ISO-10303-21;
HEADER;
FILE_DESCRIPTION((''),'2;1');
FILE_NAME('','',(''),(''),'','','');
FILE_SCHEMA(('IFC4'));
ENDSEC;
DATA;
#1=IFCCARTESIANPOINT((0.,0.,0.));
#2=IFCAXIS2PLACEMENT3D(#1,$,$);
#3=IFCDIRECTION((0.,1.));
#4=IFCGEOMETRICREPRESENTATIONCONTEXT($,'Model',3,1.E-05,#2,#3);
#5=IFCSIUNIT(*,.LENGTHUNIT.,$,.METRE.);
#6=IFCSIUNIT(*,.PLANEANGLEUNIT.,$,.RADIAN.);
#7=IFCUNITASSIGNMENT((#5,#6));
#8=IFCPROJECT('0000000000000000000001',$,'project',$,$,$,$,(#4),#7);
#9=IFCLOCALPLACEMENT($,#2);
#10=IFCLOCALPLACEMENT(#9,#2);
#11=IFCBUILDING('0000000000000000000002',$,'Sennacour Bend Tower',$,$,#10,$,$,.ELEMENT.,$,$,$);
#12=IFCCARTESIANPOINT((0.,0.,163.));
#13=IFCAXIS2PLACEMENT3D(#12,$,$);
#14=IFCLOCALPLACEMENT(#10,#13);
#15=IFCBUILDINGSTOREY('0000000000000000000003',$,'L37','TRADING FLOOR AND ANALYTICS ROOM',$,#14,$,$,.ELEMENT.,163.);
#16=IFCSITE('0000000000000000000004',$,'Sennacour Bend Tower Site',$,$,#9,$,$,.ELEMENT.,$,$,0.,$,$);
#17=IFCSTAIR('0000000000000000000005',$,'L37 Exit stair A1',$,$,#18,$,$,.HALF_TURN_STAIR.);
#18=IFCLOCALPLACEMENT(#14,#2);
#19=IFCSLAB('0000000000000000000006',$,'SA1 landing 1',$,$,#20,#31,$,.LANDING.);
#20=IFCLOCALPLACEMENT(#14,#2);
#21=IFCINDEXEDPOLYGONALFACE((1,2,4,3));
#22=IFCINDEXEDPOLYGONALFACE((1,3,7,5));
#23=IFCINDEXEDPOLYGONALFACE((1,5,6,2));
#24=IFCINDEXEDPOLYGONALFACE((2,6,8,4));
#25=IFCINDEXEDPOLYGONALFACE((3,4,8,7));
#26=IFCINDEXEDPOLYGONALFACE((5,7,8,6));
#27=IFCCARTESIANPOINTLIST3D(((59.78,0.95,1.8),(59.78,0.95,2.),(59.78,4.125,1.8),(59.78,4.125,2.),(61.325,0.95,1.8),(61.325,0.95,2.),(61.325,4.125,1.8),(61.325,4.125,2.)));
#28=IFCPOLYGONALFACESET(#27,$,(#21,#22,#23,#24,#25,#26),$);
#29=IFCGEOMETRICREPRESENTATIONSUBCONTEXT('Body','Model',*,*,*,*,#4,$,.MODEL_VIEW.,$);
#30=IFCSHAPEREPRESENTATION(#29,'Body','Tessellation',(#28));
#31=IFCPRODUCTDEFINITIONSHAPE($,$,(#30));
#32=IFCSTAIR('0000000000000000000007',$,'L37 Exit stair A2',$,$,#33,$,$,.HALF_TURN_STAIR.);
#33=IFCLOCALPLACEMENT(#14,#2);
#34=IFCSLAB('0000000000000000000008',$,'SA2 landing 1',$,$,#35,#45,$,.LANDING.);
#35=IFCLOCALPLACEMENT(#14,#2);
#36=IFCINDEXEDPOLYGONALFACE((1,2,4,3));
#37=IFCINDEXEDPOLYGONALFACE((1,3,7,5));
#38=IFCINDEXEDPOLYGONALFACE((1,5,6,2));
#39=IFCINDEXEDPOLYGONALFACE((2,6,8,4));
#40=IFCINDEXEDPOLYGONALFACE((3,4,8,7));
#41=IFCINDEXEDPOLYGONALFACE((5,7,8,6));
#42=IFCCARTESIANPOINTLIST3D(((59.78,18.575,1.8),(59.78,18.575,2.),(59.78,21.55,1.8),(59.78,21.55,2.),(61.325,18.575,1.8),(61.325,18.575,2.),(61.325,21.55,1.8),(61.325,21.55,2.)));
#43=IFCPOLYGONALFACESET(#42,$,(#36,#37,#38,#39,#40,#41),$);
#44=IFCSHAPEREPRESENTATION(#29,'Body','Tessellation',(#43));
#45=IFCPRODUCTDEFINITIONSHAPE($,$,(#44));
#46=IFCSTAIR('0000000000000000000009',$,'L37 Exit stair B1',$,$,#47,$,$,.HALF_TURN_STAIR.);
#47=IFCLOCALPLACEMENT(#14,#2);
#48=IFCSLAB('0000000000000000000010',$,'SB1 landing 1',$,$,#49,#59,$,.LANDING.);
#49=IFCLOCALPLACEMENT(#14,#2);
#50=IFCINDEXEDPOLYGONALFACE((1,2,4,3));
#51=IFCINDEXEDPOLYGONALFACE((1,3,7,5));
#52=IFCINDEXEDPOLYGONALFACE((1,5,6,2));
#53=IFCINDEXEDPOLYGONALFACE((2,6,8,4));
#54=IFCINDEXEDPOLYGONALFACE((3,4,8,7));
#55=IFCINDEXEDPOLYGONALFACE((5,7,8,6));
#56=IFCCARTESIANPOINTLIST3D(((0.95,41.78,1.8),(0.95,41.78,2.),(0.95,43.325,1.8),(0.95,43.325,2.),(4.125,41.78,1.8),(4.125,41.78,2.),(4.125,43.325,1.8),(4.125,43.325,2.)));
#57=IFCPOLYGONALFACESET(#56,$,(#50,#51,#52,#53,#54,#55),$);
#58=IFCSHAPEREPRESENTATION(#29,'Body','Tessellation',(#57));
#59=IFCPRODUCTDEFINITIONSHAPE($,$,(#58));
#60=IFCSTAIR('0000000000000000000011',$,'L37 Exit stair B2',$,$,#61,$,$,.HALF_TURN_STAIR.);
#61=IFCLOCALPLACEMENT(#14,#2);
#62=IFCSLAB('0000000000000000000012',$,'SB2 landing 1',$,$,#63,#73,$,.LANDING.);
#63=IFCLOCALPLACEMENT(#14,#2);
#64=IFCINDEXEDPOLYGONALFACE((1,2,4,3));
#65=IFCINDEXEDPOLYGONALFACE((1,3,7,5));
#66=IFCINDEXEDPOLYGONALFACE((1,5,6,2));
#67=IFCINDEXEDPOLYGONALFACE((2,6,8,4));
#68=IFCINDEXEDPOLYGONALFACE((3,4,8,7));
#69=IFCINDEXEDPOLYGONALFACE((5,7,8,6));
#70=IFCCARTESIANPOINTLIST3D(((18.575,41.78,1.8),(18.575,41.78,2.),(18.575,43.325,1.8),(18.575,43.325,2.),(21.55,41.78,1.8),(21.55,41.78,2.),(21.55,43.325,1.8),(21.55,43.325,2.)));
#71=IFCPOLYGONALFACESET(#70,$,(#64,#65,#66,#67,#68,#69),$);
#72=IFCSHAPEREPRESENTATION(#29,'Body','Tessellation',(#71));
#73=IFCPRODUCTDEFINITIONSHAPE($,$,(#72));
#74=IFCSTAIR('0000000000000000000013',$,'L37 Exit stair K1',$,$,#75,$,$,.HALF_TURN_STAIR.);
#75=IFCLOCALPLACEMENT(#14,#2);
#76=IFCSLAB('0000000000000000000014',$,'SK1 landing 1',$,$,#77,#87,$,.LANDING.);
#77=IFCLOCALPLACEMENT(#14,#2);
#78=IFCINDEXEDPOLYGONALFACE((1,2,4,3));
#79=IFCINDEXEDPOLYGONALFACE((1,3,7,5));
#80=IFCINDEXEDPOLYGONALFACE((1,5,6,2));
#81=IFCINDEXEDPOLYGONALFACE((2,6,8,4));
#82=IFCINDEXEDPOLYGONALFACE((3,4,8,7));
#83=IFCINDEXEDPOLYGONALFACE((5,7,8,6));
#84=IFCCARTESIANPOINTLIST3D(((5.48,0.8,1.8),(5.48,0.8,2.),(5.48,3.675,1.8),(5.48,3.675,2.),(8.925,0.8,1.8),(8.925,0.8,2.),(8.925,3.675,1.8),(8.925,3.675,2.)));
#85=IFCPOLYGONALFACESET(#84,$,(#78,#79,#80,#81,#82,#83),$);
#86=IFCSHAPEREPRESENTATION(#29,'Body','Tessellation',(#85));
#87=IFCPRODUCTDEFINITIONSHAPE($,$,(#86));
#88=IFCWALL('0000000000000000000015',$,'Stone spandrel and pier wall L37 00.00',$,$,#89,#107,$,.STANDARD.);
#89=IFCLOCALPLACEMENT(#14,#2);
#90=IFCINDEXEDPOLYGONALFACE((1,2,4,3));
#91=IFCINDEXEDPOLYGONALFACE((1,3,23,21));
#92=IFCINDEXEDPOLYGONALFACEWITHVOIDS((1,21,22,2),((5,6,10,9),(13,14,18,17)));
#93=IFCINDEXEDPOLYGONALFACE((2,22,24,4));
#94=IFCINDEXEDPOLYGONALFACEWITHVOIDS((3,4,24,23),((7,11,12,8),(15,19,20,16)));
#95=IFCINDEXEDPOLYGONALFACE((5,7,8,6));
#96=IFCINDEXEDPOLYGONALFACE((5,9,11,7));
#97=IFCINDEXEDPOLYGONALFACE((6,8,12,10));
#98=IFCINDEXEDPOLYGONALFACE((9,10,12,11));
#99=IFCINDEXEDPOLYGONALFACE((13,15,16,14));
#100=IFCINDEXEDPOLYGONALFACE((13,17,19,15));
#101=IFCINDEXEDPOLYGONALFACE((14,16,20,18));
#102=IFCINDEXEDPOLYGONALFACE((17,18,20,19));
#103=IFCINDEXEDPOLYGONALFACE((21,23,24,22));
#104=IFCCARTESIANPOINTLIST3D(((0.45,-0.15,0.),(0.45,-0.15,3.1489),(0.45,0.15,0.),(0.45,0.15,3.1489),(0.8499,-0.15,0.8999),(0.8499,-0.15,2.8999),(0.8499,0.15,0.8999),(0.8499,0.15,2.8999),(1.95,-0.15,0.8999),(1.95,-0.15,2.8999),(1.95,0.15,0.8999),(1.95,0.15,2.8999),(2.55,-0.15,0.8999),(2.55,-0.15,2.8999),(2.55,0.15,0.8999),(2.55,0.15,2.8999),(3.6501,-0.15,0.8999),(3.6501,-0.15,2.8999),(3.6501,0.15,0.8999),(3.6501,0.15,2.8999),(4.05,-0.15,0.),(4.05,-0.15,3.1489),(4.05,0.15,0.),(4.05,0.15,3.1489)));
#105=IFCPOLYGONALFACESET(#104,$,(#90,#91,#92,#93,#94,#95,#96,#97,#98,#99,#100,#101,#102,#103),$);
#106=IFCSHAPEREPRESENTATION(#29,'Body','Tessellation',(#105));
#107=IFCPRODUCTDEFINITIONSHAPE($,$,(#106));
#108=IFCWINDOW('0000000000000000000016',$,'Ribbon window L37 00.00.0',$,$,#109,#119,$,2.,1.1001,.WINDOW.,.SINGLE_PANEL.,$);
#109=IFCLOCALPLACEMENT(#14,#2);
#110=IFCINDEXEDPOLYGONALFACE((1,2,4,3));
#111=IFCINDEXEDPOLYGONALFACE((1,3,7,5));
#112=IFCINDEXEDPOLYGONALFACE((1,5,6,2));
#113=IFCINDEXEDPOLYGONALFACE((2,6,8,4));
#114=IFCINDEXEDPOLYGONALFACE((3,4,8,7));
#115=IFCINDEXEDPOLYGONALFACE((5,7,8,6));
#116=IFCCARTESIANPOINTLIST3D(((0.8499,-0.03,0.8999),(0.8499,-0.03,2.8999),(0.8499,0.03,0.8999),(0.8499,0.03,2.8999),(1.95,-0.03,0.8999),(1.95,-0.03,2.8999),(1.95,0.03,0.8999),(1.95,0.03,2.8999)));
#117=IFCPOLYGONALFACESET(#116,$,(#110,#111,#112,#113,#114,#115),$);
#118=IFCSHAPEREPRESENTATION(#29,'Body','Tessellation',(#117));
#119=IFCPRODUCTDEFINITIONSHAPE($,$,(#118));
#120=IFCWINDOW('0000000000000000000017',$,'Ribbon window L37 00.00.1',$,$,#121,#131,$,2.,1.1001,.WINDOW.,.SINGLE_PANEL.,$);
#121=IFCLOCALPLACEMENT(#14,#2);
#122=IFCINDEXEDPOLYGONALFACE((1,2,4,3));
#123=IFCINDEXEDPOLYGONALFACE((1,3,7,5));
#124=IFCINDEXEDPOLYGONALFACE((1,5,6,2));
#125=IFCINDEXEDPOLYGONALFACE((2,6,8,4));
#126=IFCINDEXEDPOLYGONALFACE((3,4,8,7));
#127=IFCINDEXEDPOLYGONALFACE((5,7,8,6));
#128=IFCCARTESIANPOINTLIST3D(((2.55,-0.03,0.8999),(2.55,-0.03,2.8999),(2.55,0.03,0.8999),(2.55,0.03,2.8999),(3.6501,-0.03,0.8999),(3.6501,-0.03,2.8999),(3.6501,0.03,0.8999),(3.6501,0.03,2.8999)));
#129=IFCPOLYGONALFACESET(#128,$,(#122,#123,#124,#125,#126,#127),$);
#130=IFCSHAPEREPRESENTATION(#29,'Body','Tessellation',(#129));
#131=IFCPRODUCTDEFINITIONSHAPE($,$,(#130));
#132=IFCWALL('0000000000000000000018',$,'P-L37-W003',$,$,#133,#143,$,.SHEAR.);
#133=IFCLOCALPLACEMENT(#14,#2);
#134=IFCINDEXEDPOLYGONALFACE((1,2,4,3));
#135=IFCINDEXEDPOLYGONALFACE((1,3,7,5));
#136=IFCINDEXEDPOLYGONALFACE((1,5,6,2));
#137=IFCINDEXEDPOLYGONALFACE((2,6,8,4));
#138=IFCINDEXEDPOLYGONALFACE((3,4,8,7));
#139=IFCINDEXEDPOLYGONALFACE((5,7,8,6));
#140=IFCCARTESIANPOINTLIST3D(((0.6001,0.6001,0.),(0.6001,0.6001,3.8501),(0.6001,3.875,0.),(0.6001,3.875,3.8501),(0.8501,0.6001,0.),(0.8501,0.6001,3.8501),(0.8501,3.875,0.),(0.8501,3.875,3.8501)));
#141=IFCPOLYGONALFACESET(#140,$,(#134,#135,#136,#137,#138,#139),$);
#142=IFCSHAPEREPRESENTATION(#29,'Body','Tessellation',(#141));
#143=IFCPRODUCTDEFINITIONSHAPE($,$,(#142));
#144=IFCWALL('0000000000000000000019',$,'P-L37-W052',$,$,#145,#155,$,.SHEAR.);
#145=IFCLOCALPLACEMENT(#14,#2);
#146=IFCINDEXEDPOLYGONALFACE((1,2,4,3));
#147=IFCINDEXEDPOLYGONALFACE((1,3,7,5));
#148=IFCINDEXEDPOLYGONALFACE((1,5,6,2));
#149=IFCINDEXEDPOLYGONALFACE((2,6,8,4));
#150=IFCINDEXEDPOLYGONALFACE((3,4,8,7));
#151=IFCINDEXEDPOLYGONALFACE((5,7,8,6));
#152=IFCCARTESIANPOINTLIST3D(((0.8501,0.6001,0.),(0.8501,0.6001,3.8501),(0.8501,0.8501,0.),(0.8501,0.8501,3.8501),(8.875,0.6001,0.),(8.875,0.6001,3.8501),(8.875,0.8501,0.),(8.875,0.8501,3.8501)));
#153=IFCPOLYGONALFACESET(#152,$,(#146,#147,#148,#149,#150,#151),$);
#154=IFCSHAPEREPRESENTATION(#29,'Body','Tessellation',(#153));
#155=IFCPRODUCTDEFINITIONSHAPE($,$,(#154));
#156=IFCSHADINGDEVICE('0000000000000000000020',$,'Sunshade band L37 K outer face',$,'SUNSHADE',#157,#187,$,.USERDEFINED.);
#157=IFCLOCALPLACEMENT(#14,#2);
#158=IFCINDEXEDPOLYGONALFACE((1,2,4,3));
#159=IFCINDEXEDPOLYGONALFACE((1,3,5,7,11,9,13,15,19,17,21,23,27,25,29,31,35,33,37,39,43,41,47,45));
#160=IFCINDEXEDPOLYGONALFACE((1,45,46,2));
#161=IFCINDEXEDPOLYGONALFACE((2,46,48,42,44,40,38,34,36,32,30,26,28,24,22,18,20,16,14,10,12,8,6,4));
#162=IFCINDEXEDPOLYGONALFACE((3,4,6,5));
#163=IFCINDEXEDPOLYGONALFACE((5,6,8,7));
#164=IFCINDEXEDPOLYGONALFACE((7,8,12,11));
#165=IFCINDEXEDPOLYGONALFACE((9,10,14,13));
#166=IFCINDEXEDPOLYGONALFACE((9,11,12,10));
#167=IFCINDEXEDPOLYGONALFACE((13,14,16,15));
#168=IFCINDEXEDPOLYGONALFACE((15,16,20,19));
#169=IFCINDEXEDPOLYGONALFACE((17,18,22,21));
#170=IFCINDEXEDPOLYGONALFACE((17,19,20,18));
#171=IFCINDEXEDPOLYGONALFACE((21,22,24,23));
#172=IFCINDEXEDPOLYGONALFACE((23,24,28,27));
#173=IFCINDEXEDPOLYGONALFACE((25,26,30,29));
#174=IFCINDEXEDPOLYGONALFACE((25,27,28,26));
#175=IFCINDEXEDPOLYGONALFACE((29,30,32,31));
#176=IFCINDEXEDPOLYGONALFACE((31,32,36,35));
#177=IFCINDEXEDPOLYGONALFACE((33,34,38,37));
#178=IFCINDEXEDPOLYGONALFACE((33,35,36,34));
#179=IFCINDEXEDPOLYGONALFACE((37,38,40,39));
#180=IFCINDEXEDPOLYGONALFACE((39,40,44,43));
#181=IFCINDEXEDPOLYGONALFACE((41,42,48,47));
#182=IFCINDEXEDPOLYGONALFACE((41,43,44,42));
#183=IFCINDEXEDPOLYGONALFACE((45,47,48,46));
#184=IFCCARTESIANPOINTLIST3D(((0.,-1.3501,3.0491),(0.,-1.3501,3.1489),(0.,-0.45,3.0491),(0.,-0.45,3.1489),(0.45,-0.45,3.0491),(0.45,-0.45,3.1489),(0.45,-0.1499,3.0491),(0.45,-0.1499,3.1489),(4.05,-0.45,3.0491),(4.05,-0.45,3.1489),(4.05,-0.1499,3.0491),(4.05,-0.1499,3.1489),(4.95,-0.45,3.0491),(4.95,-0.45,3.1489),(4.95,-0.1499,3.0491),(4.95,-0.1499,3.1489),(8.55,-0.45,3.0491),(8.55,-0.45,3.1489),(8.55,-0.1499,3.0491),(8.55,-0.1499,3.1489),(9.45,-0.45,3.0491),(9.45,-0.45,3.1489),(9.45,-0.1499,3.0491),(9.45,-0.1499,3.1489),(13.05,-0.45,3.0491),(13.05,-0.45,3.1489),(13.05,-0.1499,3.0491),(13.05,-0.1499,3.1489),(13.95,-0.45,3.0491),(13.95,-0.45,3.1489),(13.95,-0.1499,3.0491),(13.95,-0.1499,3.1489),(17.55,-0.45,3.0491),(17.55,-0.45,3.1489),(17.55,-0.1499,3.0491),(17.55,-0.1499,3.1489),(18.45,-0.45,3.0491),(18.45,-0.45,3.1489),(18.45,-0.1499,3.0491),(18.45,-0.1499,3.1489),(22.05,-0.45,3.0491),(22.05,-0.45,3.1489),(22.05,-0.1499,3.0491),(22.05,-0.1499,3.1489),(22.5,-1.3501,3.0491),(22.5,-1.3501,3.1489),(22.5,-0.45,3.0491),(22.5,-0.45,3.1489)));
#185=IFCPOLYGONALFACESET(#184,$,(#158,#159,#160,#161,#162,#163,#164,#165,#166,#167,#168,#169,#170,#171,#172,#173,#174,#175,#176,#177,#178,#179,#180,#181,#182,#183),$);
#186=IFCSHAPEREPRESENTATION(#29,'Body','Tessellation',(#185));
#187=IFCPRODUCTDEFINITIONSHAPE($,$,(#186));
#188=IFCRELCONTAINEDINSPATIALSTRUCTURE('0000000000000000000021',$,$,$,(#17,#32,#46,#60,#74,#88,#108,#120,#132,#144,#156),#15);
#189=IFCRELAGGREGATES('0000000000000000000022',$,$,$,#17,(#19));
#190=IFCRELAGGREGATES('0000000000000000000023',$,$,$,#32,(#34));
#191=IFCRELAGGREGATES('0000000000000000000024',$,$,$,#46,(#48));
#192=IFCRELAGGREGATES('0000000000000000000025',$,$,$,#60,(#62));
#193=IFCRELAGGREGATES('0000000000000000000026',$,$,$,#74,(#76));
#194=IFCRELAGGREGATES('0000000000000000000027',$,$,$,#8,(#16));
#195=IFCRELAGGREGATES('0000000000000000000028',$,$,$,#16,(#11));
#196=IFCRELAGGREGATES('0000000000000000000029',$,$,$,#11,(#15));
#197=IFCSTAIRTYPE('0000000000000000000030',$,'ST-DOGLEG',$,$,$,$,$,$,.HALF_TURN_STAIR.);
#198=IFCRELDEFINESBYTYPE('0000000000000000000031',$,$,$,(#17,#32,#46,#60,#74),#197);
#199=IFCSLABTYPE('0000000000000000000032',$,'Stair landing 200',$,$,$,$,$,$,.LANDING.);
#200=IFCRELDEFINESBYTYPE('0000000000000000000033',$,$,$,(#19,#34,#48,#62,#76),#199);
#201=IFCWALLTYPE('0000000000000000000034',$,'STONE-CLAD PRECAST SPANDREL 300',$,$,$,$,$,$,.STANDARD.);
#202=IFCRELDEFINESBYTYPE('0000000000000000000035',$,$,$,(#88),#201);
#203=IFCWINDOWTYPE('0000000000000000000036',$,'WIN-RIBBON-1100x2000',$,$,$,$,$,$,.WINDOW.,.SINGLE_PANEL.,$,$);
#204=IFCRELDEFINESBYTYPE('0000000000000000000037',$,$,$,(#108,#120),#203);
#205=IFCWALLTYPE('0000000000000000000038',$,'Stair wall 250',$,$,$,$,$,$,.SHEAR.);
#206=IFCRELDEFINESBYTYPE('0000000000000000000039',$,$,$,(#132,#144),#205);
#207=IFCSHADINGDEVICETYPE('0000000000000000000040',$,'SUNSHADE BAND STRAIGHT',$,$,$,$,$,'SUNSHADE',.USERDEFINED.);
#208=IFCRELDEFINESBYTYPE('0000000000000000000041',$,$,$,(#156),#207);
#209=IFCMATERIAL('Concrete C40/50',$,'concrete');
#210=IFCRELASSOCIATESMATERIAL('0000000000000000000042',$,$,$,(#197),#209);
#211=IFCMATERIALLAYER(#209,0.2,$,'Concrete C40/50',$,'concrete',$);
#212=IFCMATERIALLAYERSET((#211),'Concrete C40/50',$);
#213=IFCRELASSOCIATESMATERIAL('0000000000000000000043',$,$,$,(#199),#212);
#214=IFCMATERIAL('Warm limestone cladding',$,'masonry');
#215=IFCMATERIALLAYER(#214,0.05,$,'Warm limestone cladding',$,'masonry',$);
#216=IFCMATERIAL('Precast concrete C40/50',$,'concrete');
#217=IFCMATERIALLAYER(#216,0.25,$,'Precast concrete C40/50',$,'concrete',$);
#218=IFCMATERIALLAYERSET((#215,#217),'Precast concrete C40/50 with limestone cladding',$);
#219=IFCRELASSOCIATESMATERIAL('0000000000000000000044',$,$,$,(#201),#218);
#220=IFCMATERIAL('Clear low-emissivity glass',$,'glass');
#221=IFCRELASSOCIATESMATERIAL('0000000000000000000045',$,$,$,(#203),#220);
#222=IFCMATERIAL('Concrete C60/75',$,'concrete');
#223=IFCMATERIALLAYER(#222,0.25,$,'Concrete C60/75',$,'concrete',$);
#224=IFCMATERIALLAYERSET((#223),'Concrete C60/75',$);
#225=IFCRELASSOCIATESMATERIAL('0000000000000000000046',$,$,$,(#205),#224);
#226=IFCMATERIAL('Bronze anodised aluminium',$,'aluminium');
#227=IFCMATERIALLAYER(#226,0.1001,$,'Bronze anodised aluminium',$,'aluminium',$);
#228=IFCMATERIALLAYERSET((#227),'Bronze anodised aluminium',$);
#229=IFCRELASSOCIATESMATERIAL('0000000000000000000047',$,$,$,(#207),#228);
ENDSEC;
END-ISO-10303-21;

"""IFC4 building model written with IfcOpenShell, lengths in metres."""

from ifc_helpers import new_model, si_unit, direction, frame, frame_2d, origin, place, context, subcontext, project, spatial, polyline, rectangle, outline, extrude, material, layer, layer_set, type_object, element, fill, aggregate, save


model = new_model("IFC4")

# Units and contexts
model_context = context("Model", 3, precision=1e-05, world=origin(), true_north=direction((0.0, 1.0)))
body_context = subcontext(model_context, "Body", "Model", "MODEL_VIEW")
ifc_project = project(units=[si_unit("LENGTHUNIT", "METRE"), si_unit("PLANEANGLEUNIT", "RADIAN")], contexts=[model_context])

# Site, building, storey
site_placement = place(None, origin())
site = spatial("IfcSite", under=ifc_project, at=site_placement, Name="Sennacour Bend Tower Site", CompositionType="ELEMENT", RefElevation=0.0)
building_placement = place(site_placement, origin())
building = spatial("IfcBuilding", under=site, at=building_placement, Name="Sennacour Bend Tower", CompositionType="ELEMENT")
storey_placement = place(building_placement, frame((0.0, 0.0, 163.0)))
storey = spatial("IfcBuildingStorey", under=building, at=storey_placement, Name="L37", Description="TRADING FLOOR AND ANALYTICS ROOM", CompositionType="ELEMENT", Elevation=163.0)

# Shared definitions
ifc_material_1 = material(Name="Concrete C40/50", Category="concrete")

# Stairs, slabs
stair_type = type_object("IfcStairType", Name="ST-DOGLEG", PredefinedType="HALF_TURN_STAIR", material=ifc_material_1)
stair_1_placement = place(storey_placement, origin())
stair_1 = element("IfcStair", 1, at=stair_1_placement, inside=storey, type_object=stair_type, Name="L37 Exit stair A1", PredefinedType="HALF_TURN_STAIR")
ifc_layer_1 = layer(ifc_material_1, 0.2, Name="Concrete C40/50", Category="concrete")
ifc_layer_set_1 = layer_set([ifc_layer_1], Name="Concrete C40/50")
slab_type_1 = type_object("IfcSlabType", Name="Stair landing 200", PredefinedType="LANDING", material=ifc_layer_set_1)
slab_1_placement = place(storey_placement, frame((0.0, 0.0, 1.8)))
slab_1 = element("IfcSlab", 2, at=slab_1_placement, type_object=slab_type_1, Name="SA1 landing 1", PredefinedType="LANDING", context=body_context, shape_type="SweptSolid", body=[
    extrude(outline(polyline([(59.78, 0.95), (61.325, 0.95), (61.325, 4.125), (59.78, 4.125), (59.78, 0.95)])), origin(), (0.0, 0.0, 1.0), 0.2),
])
aggregate(stair_1, [slab_1])
stair_2_placement = place(storey_placement, origin())
stair_2 = element("IfcStair", 3, at=stair_2_placement, inside=storey, type_object=stair_type, Name="L37 Exit stair A2", PredefinedType="HALF_TURN_STAIR")
slab_2_placement = place(storey_placement, frame((0.0, 0.0, 1.8)))
slab_2 = element("IfcSlab", 4, at=slab_2_placement, type_object=slab_type_1, Name="SA2 landing 1", PredefinedType="LANDING", context=body_context, shape_type="SweptSolid", body=[
    extrude(outline(polyline([(59.78, 18.575), (61.325, 18.575), (61.325, 21.55), (59.78, 21.55), (59.78, 18.575)])), origin(), (0.0, 0.0, 1.0), 0.2),
])
aggregate(stair_2, [slab_2])
stair_3_placement = place(storey_placement, origin())
stair_3 = element("IfcStair", 5, at=stair_3_placement, inside=storey, type_object=stair_type, Name="L37 Exit stair B1", PredefinedType="HALF_TURN_STAIR")
slab_3_placement = place(storey_placement, frame((0.0, 0.0, 1.8)))
slab_3 = element("IfcSlab", 6, at=slab_3_placement, type_object=slab_type_1, Name="SB1 landing 1", PredefinedType="LANDING", context=body_context, shape_type="SweptSolid", body=[
    extrude(outline(polyline([(0.95, 41.78), (4.125, 41.78), (4.125, 43.325), (0.95, 43.325), (0.95, 41.78)])), origin(), (0.0, 0.0, 1.0), 0.2),
])
aggregate(stair_3, [slab_3])
stair_4_placement = place(storey_placement, origin())
stair_4 = element("IfcStair", 7, at=stair_4_placement, inside=storey, type_object=stair_type, Name="L37 Exit stair B2", PredefinedType="HALF_TURN_STAIR")
slab_4_placement = place(storey_placement, frame((0.0, 0.0, 1.8)))
slab_4 = element("IfcSlab", 8, at=slab_4_placement, type_object=slab_type_1, Name="SB2 landing 1", PredefinedType="LANDING", context=body_context, shape_type="SweptSolid", body=[
    extrude(outline(polyline([(18.575, 41.78), (21.55, 41.78), (21.55, 43.325), (18.575, 43.325), (18.575, 41.78)])), origin(), (0.0, 0.0, 1.0), 0.2),
])
aggregate(stair_4, [slab_4])
stair_5_placement = place(storey_placement, origin())
stair_5 = element("IfcStair", 9, at=stair_5_placement, inside=storey, type_object=stair_type, Name="L37 Exit stair K1", PredefinedType="HALF_TURN_STAIR")
slab_5_placement = place(storey_placement, frame((0.0, 0.0, 1.8)))
slab_5 = element("IfcSlab", 10, at=slab_5_placement, type_object=slab_type_1, Name="SK1 landing 1", PredefinedType="LANDING", context=body_context, shape_type="SweptSolid", body=[
    extrude(outline(polyline([(5.48, 0.8), (8.925, 0.8), (8.925, 3.675), (5.48, 3.675), (5.48, 0.8)])), origin(), (0.0, 0.0, 1.0), 0.2),
])
aggregate(stair_5, [slab_5])

# Wall, openings, windows
ifc_material_2 = material(Name="Warm limestone cladding", Category="masonry")
ifc_layer_2 = layer(ifc_material_2, 0.05, Name="Warm limestone cladding", Category="masonry")
ifc_material_3 = material(Name="Precast concrete C40/50", Category="concrete")
ifc_layer_3 = layer(ifc_material_3, 0.25, Name="Precast concrete C40/50", Category="concrete")
ifc_layer_set_2 = layer_set([ifc_layer_2, ifc_layer_3], Name="Precast concrete C40/50 with limestone cladding")
wall_type_1 = type_object("IfcWallType", Name="STONE-CLAD PRECAST SPANDREL 300", PredefinedType="STANDARD", material=ifc_layer_set_2)
wall_1_placement = place(storey_placement, frame((0.45, 0.0, 0.0), z_axis=(0.0, 0.0, 1.0), x_axis=(1.0, 0.0, 0.0)))
wall_1 = element("IfcWall", 11, at=wall_1_placement, inside=storey, type_object=wall_type_1, Name="Stone spandrel and pier wall L37 00.00", PredefinedType="STANDARD", context=body_context, shape_type="SweptSolid", body=[
    extrude(rectangle(XDim=3.6001, YDim=0.3, at=frame_2d((1.8, 0.0))), origin(), (0.0, 0.0, 1.0), 3.1489),
])
opening_1_placement = place(wall_1_placement, frame((0.3999, 0.0, 0.8999)))
opening_1 = element("IfcOpeningElement", 12, at=opening_1_placement, cuts=wall_1, PredefinedType="OPENING", context=body_context, shape_type="SweptSolid", body=[
    extrude(rectangle(XDim=1.1001, YDim=2.0, at=frame_2d((0.55, 1.0))), frame((0.0, 0.1602, 0.0), z_axis=(0.0, -1.0, 0.0), x_axis=(1.0, 0.0, 0.0)), (0.0, 0.0, 1.0), 0.3201),
])
opening_2_placement = place(wall_1_placement, frame((2.1001, 0.0, 0.8999)))
opening_2 = element("IfcOpeningElement", 13, at=opening_2_placement, cuts=wall_1, PredefinedType="OPENING", context=body_context, shape_type="SweptSolid", body=[
    extrude(rectangle(XDim=1.1001, YDim=2.0, at=frame_2d((0.55, 1.0))), frame((0.0, 0.1602, 0.0), z_axis=(0.0, -1.0, 0.0), x_axis=(1.0, 0.0, 0.0)), (0.0, 0.0, 1.0), 0.3201),
])
ifc_material_4 = material(Name="Clear low-emissivity glass", Category="glass")
window_type = type_object("IfcWindowType", Name="WIN-RIBBON-1100x2000", PartitioningType="SINGLE_PANEL", PredefinedType="WINDOW", material=ifc_material_4)
window_1_placement = place(opening_1_placement, origin())
window_1 = element("IfcWindow", 14, at=window_1_placement, inside=storey, type_object=window_type, Name="Ribbon window L37 00.00.0", OverallHeight=2.0, OverallWidth=1.1001, PartitioningType="SINGLE_PANEL", PredefinedType="WINDOW", context=body_context, shape_type="SweptSolid", body=[
    extrude(rectangle(XDim=1.1001, YDim=2.0, at=frame_2d((0.55, 1.0))), frame((0.0, 0.03, 0.0), z_axis=(0.0, -1.0, 0.0), x_axis=(1.0, 0.0, 0.0)), (0.0, 0.0, 1.0), 0.0601),
])
fill(opening_1, window_1)
window_2_placement = place(opening_2_placement, origin())
window_2 = element("IfcWindow", 15, at=window_2_placement, inside=storey, type_object=window_type, Name="Ribbon window L37 00.00.1", OverallHeight=2.0, OverallWidth=1.1001, PartitioningType="SINGLE_PANEL", PredefinedType="WINDOW", context=body_context, shape_type="SweptSolid", body=[
    extrude(rectangle(XDim=1.1001, YDim=2.0, at=frame_2d((0.55, 1.0))), frame((0.0, 0.03, 0.0), z_axis=(0.0, -1.0, 0.0), x_axis=(1.0, 0.0, 0.0)), (0.0, 0.0, 1.0), 0.0601),
])
fill(opening_2, window_2)

# Walls
ifc_material_5 = material(Name="Concrete C60/75", Category="concrete")
ifc_layer_4 = layer(ifc_material_5, 0.25, Name="Concrete C60/75", Category="concrete")
ifc_layer_set_3 = layer_set([ifc_layer_4], Name="Concrete C60/75")
wall_type_2 = type_object("IfcWallType", Name="Stair wall 250", PredefinedType="SHEAR", material=ifc_layer_set_3)
wall_2_placement = place(storey_placement, frame((0.7251, 0.6001, 0.0), z_axis=(0.0, 0.0, 1.0), x_axis=(0.0, 1.0, 0.0)))
element("IfcWall", 16, at=wall_2_placement, inside=storey, type_object=wall_type_2, Name="P-L37-W003", PredefinedType="SHEAR", context=body_context, shape_type="SweptSolid", body=[
    extrude(rectangle(XDim=3.2749, YDim=0.25, at=frame_2d((1.6375, 0.0))), origin(), (0.0, 0.0, 1.0), 3.8501),
])
wall_3_placement = place(storey_placement, frame((0.8501, 0.7251, 0.0), z_axis=(0.0, 0.0, 1.0), x_axis=(1.0, 0.0, 0.0)))
element("IfcWall", 17, at=wall_3_placement, inside=storey, type_object=wall_type_2, Name="P-L37-W052", PredefinedType="SHEAR", context=body_context, shape_type="SweptSolid", body=[
    extrude(rectangle(XDim=8.0249, YDim=0.25, at=frame_2d((4.0125, 0.0))), origin(), (0.0, 0.0, 1.0), 3.8501),
])

# Shading device
ifc_material_6 = material(Name="Bronze anodised aluminium", Category="aluminium")
ifc_layer_5 = layer(ifc_material_6, 0.1001, Name="Bronze anodised aluminium", Category="aluminium")
ifc_layer_set_4 = layer_set([ifc_layer_5], Name="Bronze anodised aluminium")
shading_device_type_1 = type_object("IfcShadingDeviceType", Name="SUNSHADE BAND STRAIGHT", ElementType="SUNSHADE", PredefinedType="USERDEFINED", material=ifc_layer_set_4)
shading_device_1_placement = place(storey_placement, frame((0.0, 0.0, 3.0491)))
element("IfcShadingDevice", 18, at=shading_device_1_placement, inside=storey, type_object=shading_device_type_1, Name="Sunshade band L37 K outer face", ObjectType="SUNSHADE", PredefinedType="USERDEFINED", context=body_context, shape_type="SweptSolid", body=[
    extrude(outline(polyline([(4.05, -0.1499), (4.05, -0.45), (4.95, -0.45), (4.95, -0.1499), (8.55, -0.1499), (8.55, -0.45), (9.45, -0.45), (9.45, -0.1499), (13.05, -0.1499), (13.05, -0.45), (13.95, -0.45), (13.95, -0.1499), (17.55, -0.1499), (17.55, -0.45), (18.45, -0.45), (18.45, -0.1499), (22.05, -0.1499), (22.05, -0.45), (22.5, -0.45), (22.5, -1.3501), (0.0, -1.3501), (0.0, -0.45), (0.45, -0.45), (0.45, -0.1499), (4.05, -0.1499)])), origin(), (0.0, 0.0, 1.0), 0.0999),
])

save(model, "model.ifc")
